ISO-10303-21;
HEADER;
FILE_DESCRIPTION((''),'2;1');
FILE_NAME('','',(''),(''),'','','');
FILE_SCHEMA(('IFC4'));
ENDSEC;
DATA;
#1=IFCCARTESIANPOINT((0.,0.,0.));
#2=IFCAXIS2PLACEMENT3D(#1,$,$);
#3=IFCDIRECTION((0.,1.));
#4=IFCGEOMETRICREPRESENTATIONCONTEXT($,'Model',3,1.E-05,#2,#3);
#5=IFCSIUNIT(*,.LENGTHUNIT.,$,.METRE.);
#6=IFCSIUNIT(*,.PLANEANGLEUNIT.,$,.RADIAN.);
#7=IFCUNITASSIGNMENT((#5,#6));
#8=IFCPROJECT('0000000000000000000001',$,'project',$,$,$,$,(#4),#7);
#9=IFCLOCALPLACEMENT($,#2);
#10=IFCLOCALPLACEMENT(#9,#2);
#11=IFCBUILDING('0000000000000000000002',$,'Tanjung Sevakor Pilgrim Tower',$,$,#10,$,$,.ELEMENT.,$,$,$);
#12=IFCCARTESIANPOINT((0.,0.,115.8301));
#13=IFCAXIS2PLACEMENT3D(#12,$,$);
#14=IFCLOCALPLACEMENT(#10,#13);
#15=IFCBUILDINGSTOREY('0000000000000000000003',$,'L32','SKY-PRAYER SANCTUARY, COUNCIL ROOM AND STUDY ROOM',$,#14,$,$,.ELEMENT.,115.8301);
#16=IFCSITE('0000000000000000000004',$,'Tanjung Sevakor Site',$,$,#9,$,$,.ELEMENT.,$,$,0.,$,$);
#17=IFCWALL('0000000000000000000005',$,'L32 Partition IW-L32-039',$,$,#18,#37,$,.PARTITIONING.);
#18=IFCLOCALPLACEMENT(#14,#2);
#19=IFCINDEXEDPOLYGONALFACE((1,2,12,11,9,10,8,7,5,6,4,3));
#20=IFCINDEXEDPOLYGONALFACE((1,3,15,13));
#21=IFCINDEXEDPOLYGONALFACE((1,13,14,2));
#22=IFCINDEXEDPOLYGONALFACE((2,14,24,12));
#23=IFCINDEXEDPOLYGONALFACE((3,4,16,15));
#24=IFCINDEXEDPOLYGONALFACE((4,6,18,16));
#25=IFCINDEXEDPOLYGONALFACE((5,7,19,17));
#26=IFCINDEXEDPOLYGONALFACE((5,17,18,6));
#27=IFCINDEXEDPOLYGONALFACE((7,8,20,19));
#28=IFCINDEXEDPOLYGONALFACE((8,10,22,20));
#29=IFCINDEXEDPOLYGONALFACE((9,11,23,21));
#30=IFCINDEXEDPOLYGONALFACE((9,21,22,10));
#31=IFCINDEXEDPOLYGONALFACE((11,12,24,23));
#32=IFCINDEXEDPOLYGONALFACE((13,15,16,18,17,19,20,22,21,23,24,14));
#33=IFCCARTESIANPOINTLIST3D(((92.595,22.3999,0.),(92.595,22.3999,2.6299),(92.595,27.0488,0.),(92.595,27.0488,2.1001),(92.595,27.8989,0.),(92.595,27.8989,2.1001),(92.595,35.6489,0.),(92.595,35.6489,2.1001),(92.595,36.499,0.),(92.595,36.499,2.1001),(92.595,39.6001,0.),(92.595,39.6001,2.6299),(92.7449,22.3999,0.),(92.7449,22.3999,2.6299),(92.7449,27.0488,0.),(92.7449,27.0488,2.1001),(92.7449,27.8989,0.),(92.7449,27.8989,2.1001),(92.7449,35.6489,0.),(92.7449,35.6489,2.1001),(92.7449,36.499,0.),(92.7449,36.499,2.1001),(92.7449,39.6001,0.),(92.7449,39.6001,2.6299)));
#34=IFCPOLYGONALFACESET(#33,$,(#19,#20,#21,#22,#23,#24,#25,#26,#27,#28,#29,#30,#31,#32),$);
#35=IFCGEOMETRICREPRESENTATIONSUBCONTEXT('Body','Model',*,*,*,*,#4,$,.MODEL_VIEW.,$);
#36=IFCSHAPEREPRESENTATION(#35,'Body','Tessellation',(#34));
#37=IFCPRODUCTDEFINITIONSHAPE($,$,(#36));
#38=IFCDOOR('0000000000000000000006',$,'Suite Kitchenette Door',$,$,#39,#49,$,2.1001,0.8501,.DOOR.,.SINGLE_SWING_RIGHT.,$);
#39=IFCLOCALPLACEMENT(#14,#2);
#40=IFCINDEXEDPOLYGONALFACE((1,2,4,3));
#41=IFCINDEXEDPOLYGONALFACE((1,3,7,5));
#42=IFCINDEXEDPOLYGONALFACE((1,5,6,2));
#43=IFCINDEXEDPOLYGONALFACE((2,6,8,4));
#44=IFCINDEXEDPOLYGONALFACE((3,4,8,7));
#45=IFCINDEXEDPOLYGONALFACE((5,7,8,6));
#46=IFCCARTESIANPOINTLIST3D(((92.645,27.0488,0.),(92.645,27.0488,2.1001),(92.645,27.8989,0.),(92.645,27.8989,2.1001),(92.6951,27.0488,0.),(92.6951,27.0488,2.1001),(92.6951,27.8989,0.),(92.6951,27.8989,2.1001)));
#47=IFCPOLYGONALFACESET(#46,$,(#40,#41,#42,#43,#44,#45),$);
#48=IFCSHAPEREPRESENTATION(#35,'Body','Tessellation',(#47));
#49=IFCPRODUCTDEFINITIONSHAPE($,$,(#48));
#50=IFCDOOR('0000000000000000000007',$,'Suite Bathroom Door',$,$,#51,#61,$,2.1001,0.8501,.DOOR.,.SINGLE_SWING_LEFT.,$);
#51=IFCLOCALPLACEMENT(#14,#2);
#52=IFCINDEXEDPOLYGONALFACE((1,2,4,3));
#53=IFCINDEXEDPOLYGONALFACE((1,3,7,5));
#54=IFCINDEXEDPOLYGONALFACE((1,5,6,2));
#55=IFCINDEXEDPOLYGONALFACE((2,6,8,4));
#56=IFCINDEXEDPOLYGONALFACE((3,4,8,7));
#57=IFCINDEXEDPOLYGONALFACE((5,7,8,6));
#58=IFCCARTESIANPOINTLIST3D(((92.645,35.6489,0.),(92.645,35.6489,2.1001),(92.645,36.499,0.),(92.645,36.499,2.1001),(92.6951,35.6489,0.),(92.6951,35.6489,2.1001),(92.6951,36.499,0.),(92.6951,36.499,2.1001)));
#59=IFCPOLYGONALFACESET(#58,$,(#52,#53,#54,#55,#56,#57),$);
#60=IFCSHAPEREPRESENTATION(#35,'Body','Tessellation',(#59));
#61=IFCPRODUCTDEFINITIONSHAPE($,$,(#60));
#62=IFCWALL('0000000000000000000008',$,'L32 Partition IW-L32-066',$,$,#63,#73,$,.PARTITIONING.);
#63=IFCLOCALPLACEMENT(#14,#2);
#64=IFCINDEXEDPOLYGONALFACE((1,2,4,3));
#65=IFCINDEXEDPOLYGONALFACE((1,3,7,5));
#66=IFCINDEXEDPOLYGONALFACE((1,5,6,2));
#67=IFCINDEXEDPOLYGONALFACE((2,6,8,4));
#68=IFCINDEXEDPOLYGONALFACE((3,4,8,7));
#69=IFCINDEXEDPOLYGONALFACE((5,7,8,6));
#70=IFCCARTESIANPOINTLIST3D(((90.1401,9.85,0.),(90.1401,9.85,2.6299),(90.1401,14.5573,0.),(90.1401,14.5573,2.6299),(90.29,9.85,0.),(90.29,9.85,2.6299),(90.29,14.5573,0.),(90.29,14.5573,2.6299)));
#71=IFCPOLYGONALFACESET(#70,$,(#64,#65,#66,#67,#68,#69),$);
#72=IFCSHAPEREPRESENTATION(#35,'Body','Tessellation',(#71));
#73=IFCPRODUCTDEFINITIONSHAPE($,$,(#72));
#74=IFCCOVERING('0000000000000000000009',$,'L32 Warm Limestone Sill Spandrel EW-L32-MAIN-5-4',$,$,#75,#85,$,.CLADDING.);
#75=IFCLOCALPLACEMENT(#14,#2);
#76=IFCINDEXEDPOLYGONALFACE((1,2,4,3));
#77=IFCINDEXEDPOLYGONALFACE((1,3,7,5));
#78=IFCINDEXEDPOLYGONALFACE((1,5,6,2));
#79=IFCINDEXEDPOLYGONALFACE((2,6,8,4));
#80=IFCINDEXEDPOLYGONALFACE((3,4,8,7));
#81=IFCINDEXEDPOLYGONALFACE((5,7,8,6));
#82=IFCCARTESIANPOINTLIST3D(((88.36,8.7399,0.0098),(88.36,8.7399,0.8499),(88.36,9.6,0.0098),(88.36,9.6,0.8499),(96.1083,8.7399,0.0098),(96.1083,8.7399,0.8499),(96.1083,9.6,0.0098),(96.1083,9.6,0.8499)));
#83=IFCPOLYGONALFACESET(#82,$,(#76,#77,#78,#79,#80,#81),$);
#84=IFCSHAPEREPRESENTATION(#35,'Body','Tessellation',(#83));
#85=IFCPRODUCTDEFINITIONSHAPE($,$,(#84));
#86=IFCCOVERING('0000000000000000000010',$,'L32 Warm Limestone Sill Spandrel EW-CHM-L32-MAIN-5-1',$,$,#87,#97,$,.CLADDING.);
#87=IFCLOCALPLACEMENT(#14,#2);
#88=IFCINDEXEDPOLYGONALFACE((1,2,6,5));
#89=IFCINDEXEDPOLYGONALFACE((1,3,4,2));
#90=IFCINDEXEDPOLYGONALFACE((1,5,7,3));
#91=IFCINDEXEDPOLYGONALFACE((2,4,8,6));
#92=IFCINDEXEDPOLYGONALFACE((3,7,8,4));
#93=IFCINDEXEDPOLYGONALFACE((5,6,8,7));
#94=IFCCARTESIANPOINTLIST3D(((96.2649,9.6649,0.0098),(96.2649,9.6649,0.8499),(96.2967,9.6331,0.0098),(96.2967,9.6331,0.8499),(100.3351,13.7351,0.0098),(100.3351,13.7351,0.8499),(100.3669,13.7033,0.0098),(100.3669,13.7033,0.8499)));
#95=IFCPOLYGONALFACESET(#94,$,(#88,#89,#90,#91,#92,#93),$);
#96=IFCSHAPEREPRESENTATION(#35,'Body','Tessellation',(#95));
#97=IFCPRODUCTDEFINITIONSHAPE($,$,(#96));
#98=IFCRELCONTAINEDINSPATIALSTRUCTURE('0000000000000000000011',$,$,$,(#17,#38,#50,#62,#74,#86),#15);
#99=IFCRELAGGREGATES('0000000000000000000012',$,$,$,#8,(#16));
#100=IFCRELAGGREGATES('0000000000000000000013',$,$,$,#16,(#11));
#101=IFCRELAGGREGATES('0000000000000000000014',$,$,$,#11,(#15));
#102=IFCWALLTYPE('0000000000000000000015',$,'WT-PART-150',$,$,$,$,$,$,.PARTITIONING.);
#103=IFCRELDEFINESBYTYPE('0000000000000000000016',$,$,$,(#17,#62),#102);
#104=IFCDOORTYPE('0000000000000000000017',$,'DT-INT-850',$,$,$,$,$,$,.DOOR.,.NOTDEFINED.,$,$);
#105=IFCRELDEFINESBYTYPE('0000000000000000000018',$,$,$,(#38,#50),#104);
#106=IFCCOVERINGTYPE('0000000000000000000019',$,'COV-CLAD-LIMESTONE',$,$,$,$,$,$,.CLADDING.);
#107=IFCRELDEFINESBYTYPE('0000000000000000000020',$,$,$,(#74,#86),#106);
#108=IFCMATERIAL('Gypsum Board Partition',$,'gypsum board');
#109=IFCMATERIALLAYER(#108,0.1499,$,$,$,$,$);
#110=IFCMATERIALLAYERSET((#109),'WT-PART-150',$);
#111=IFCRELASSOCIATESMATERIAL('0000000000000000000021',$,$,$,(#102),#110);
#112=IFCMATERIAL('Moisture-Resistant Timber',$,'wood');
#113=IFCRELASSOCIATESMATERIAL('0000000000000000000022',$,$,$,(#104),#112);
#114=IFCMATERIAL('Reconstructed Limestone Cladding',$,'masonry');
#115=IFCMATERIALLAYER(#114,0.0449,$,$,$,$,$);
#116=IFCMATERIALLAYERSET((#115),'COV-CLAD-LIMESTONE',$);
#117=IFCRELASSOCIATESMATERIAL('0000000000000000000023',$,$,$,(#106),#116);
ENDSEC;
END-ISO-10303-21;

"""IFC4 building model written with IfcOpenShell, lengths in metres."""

from ifc_helpers import new_model, si_unit, direction, frame, frame_2d, origin, origin_2d, place, context, subcontext, project, spatial, rectangle, extrude, material, layer, layer_set, type_object, element, fill, save


model = new_model("IFC4")

# Units and contexts
model_context = context("Model", 3, precision=1e-05, world=origin(), true_north=direction((0.0, 1.0)))
body_context = subcontext(model_context, "Body", "Model", "MODEL_VIEW")
ifc_project = project(units=[si_unit("LENGTHUNIT", "METRE"), si_unit("PLANEANGLEUNIT", "RADIAN")], contexts=[model_context])

# Site, building, storey
site_placement = place(None, origin())
site = spatial("IfcSite", under=ifc_project, at=site_placement, Name="Tanjung Sevakor Site", CompositionType="ELEMENT", RefElevation=0.0)
building_placement = place(site_placement, origin())
building = spatial("IfcBuilding", under=site, at=building_placement, Name="Tanjung Sevakor Pilgrim Tower", CompositionType="ELEMENT")
storey_placement = place(building_placement, frame((0.0, 0.0, 115.8301)))
storey = spatial("IfcBuildingStorey", under=building, at=storey_placement, Name="L32", Description="SKY-PRAYER SANCTUARY, COUNCIL ROOM AND STUDY ROOM", CompositionType="ELEMENT", Elevation=115.8301)

# Shared definitions
ifc_material_1 = material(Name="Gypsum Board Partition", Category="gypsum board")
ifc_layer_1 = layer(ifc_material_1, 0.1499)
ifc_layer_set_1 = layer_set([ifc_layer_1], Name="WT-PART-150")
wall_type_1 = type_object("IfcWallType", Name="WT-PART-150", PredefinedType="PARTITIONING", material=ifc_layer_set_1)
ifc_material_2 = material(Name="Moisture-Resistant Timber", Category="wood")
door_type_1 = type_object("IfcDoorType", Name="DT-INT-850", OperationType="NOTDEFINED", PredefinedType="DOOR", material=ifc_material_2)

# Wall, openings, doors
wall_1_placement = place(storey_placement, frame((92.6699, 22.3999, 0.0), z_axis=(0.0, 0.0, 1.0), x_axis=(0.0, 1.0, 0.0)))
wall_1 = element("IfcWall", 1, at=wall_1_placement, inside=storey, type_object=wall_type_1, Name="L32 Partition IW-L32-039", PredefinedType="PARTITIONING", context=body_context, shape_type="SweptSolid", body=[
    extrude(rectangle(XDim=17.2002, YDim=0.1499, at=frame_2d((8.6001, 0.0))), origin(), (0.0, 0.0, 1.0), 2.6299),
])
opening_1_placement = place(wall_1_placement, frame((4.6489, 0.0, 0.0)))
opening_1 = element("IfcOpeningElement", 2, at=opening_1_placement, cuts=wall_1, PredefinedType="OPENING", context=body_context, shape_type="SweptSolid", body=[
    extrude(rectangle(XDim=0.8501, YDim=2.1001, at=frame_2d((0.425, 1.05))), frame((0.0, 0.085, 0.0), z_axis=(0.0, -1.0, 0.0), x_axis=(1.0, 0.0, 0.0)), (0.0, 0.0, 1.0), 0.1699),
])
opening_2_placement = place(wall_1_placement, frame((13.249, 0.0, 0.0)))
opening_2 = element("IfcOpeningElement", 3, at=opening_2_placement, cuts=wall_1, PredefinedType="OPENING", context=body_context, shape_type="SweptSolid", body=[
    extrude(rectangle(XDim=0.8501, YDim=2.1001, at=frame_2d((0.425, 1.05))), frame((0.0, 0.085, 0.0), z_axis=(0.0, -1.0, 0.0), x_axis=(1.0, 0.0, 0.0)), (0.0, 0.0, 1.0), 0.1699),
])
door_1_placement = place(opening_1_placement, origin())
door_1 = element("IfcDoor", 4, at=door_1_placement, inside=storey, type_object=door_type_1, Name="Suite Kitchenette Door", OperationType="SINGLE_SWING_RIGHT", OverallHeight=2.1001, OverallWidth=0.8501, PredefinedType="DOOR", context=body_context, shape_type="SweptSolid", body=[
    extrude(rectangle(XDim=0.8501, YDim=2.1001, at=frame_2d((0.425, 1.05))), frame((0.0, 0.0249, 0.0), z_axis=(0.0, -1.0, 0.0), x_axis=(1.0, 0.0, 0.0)), (0.0, 0.0, 1.0), 0.05),
])
fill(opening_1, door_1)
door_2_placement = place(opening_2_placement, origin())
door_2 = element("IfcDoor", 5, at=door_2_placement, inside=storey, type_object=door_type_1, Name="Suite Bathroom Door", OperationType="SINGLE_SWING_LEFT", OverallHeight=2.1001, OverallWidth=0.8501, PredefinedType="DOOR", context=body_context, shape_type="SweptSolid", body=[
    extrude(rectangle(XDim=0.8501, YDim=2.1001, at=frame_2d((0.425, 1.05))), frame((0.0, 0.0249, 0.0), z_axis=(0.0, -1.0, 0.0), x_axis=(1.0, 0.0, 0.0)), (0.0, 0.0, 1.0), 0.05),
])
fill(opening_2, door_2)

# Wall
wall_2_placement = place(storey_placement, frame((90.2151, 9.8501, 0.0), z_axis=(0.0, 0.0, 1.0), x_axis=(0.0, 1.0, 0.0)))
element("IfcWall", 6, at=wall_2_placement, inside=storey, type_object=wall_type_1, Name="L32 Partition IW-L32-066", PredefinedType="PARTITIONING", context=body_context, shape_type="SweptSolid", body=[
    extrude(rectangle(XDim=4.7073, YDim=0.1499, at=frame_2d((2.3535, 0.0))), origin(), (0.0, 0.0, 1.0), 2.6299),
])

# Coverings
ifc_material_3 = material(Name="Reconstructed Limestone Cladding", Category="masonry")
ifc_layer_2 = layer(ifc_material_3, 0.0449)
ifc_layer_set_2 = layer_set([ifc_layer_2], Name="COV-CLAD-LIMESTONE")
covering_type = type_object("IfcCoveringType", Name="COV-CLAD-LIMESTONE", PredefinedType="CLADDING", material=ifc_layer_set_2)
covering_1_placement = place(storey_placement, frame((92.2341, 9.1699, 0.0098), z_axis=(0.0, 0.0, 1.0), x_axis=(1.0, 0.0, 0.0)))
element("IfcCovering", 7, at=covering_1_placement, inside=storey, type_object=covering_type, Name="L32 Warm Limestone Sill Spandrel EW-L32-MAIN-5-4", PredefinedType="CLADDING", context=body_context, shape_type="SweptSolid", body=[
    extrude(rectangle(XDim=7.7483, YDim=0.8601, at=origin_2d()), origin(), (0.0, 0.0, 1.0), 0.8401),
])
covering_2_placement = place(storey_placement, frame((98.3159, 11.6841, 0.0098), z_axis=(0.0, 0.0, 1.0), x_axis=(0.707107, 0.707107, 0.0)))
element("IfcCovering", 8, at=covering_2_placement, inside=storey, type_object=covering_type, Name="L32 Warm Limestone Sill Spandrel EW-CHM-L32-MAIN-5-1", PredefinedType="CLADDING", context=body_context, shape_type="SweptSolid", body=[
    extrude(rectangle(XDim=5.7561, YDim=0.0449, at=origin_2d()), origin(), (0.0, 0.0, 1.0), 0.8401),
])

save(model, "model.ifc")
